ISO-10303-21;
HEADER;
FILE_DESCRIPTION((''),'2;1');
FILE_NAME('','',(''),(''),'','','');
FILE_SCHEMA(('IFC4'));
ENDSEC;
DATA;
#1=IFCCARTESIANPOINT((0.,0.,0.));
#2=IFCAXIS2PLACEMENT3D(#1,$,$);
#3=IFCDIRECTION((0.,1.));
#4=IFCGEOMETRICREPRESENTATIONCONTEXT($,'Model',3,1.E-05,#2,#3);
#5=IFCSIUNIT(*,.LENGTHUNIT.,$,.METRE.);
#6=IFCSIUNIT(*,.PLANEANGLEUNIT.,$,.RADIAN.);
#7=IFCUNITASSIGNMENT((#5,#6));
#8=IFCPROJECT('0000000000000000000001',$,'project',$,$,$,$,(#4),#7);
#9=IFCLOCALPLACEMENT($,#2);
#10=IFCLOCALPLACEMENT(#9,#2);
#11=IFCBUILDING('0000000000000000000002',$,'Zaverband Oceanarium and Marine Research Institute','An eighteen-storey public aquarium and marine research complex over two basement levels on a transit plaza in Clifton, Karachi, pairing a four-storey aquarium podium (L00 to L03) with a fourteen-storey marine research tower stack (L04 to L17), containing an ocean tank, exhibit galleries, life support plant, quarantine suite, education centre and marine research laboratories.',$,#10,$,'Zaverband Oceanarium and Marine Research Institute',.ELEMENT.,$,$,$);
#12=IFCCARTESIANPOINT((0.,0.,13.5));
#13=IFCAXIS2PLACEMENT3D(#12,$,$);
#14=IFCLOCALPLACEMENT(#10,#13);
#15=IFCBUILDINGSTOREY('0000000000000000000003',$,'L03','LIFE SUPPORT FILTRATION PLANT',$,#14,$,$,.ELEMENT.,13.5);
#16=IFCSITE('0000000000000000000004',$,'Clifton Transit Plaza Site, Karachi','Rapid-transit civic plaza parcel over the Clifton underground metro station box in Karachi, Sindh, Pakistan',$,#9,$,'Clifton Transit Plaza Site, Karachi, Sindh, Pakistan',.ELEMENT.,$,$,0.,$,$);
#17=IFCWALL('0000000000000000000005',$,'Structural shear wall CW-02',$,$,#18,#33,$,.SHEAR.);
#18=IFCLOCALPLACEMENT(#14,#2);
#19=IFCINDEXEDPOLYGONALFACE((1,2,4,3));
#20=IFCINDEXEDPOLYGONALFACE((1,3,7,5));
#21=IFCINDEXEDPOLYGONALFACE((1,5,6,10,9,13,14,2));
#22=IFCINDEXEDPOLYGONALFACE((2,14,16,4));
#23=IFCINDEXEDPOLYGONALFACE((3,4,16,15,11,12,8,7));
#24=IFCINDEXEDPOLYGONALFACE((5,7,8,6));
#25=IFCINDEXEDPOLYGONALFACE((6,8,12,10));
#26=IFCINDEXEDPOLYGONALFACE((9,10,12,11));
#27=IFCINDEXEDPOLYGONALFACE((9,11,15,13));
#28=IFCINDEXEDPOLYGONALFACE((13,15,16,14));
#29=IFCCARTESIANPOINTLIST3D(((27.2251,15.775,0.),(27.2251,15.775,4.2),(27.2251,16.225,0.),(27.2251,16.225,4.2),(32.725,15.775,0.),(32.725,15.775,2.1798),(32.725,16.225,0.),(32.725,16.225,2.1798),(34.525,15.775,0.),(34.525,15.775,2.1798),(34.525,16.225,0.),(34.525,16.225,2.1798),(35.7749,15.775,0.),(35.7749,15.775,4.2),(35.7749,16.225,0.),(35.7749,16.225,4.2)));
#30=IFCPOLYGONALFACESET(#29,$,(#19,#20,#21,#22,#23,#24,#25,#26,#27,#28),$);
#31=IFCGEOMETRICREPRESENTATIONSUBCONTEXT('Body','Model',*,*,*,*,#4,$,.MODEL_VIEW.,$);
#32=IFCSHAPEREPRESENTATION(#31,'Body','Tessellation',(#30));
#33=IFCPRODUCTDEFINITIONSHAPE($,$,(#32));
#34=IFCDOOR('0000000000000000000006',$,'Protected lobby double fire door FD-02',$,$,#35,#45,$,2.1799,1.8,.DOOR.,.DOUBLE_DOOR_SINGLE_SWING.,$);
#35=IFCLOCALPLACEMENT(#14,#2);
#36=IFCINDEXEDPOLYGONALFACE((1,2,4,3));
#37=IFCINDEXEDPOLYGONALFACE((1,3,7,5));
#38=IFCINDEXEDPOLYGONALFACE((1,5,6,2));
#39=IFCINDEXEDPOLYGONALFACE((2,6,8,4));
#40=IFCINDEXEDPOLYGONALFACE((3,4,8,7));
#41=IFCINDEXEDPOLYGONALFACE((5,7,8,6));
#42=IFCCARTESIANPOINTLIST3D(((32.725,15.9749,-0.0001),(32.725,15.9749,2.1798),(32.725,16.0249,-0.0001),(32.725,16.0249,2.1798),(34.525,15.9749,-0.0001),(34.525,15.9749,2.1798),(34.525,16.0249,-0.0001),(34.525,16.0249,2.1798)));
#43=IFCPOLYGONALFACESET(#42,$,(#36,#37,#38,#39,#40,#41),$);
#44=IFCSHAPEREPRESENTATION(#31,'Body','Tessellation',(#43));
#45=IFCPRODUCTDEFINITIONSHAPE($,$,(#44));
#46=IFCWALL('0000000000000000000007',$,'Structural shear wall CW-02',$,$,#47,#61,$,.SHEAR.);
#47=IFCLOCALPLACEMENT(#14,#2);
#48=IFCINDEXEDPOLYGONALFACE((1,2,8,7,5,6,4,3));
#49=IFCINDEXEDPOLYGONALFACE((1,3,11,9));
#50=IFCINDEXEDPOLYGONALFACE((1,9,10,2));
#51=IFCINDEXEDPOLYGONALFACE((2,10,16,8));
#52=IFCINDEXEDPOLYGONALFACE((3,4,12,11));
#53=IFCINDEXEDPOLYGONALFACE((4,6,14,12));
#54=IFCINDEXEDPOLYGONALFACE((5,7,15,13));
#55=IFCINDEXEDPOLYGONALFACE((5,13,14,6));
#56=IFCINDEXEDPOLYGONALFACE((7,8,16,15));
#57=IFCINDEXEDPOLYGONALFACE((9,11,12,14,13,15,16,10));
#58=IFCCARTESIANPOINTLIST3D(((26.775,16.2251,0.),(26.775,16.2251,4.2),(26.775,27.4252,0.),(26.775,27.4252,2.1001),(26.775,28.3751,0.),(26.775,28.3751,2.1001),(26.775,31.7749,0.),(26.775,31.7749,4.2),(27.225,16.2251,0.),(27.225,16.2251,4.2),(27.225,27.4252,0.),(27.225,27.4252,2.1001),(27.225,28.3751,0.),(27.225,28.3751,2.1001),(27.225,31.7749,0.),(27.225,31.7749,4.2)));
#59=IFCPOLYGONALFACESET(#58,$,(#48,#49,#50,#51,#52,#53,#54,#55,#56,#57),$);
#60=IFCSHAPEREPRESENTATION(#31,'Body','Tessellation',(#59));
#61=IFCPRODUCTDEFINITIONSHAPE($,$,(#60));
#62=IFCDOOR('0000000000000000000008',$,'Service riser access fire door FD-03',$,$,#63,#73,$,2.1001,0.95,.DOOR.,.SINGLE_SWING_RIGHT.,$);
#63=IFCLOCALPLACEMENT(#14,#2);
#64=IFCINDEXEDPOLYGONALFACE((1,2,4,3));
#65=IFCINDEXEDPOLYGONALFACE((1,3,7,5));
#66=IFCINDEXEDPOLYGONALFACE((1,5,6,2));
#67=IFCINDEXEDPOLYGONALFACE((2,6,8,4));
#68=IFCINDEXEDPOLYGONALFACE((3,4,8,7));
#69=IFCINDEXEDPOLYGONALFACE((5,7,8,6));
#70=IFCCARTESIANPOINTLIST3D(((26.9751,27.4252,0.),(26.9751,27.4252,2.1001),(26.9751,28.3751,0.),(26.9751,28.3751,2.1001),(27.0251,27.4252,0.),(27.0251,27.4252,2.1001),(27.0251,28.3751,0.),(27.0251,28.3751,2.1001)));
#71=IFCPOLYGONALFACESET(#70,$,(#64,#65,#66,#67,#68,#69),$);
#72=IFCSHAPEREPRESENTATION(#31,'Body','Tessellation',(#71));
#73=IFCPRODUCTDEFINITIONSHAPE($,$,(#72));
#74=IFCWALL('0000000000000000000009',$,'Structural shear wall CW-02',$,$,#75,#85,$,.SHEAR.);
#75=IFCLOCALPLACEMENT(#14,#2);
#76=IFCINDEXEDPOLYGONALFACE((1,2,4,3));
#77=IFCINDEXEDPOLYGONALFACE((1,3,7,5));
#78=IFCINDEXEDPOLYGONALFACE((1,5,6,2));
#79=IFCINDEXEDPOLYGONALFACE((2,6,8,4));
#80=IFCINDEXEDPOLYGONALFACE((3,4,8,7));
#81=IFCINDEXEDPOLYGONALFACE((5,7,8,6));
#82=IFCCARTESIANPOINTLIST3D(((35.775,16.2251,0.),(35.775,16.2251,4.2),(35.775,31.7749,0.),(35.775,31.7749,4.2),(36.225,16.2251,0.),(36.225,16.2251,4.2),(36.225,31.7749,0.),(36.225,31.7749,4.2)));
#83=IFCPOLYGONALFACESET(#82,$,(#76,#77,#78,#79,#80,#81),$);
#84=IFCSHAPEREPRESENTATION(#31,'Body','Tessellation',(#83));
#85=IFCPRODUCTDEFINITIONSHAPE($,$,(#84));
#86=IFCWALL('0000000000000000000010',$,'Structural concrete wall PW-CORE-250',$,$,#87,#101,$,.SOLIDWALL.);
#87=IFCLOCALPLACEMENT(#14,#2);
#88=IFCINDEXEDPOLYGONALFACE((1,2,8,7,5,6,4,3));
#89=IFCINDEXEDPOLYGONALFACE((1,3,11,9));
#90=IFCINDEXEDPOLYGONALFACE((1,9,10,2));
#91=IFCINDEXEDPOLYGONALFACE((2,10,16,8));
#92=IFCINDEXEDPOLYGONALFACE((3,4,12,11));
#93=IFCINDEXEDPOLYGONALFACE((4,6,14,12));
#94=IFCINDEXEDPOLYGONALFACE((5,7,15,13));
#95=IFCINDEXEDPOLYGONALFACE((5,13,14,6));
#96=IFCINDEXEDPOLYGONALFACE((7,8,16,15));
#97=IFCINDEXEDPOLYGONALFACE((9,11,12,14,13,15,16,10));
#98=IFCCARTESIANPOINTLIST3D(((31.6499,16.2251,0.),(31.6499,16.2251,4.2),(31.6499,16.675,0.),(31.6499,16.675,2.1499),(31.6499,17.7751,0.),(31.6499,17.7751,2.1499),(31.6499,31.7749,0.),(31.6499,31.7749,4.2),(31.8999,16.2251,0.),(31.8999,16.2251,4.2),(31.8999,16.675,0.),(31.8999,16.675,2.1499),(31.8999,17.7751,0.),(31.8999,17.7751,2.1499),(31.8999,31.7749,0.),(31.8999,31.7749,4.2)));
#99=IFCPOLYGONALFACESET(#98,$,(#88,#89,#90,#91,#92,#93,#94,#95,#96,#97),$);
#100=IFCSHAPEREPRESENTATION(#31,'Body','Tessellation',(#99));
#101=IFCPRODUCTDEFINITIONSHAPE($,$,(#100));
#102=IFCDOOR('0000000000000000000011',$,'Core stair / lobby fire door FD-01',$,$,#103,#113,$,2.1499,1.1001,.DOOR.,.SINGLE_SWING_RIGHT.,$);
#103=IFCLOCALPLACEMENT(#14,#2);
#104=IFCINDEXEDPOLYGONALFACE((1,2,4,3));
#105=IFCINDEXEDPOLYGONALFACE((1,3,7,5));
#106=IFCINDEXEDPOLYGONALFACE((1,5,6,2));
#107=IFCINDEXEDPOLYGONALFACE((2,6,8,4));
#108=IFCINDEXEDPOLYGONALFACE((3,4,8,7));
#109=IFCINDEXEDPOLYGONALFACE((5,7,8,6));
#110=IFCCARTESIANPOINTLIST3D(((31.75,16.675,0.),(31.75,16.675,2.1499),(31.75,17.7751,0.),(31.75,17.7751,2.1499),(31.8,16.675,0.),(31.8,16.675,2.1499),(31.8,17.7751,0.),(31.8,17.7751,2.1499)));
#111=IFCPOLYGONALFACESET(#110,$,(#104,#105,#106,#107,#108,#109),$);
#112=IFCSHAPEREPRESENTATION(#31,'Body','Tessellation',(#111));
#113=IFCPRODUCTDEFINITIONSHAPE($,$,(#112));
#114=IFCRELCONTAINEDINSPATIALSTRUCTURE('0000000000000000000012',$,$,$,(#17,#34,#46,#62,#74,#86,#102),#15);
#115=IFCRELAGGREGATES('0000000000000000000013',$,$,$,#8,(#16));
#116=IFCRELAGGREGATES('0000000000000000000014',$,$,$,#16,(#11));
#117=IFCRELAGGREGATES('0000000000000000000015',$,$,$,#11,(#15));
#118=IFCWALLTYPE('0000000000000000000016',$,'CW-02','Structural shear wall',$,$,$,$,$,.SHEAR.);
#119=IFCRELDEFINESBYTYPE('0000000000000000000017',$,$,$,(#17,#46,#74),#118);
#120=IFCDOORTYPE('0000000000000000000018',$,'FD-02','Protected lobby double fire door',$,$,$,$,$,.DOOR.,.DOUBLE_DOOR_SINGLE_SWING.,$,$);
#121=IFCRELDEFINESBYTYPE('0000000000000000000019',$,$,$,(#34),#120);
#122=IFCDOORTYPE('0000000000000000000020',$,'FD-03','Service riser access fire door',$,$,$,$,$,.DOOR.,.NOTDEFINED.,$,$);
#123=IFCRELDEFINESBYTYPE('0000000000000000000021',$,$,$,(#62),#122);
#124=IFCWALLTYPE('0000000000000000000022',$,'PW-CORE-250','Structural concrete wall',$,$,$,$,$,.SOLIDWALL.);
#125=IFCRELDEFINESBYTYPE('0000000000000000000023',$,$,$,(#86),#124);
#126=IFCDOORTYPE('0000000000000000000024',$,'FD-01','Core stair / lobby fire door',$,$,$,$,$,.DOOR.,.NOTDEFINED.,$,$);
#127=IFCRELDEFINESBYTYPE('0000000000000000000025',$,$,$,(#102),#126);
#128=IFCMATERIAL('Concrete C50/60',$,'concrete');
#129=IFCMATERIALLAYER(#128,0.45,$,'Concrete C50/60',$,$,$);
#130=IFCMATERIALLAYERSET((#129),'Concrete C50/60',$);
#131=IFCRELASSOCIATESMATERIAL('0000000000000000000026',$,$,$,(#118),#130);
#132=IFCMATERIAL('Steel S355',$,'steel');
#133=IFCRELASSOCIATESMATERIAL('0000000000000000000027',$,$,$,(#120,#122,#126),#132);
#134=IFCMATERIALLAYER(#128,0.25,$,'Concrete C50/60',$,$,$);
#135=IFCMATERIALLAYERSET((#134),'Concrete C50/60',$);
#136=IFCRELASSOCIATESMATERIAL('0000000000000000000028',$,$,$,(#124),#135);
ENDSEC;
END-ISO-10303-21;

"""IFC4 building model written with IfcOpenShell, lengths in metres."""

from ifc_helpers import new_model, si_unit, direction, frame, frame_2d, origin, place, context, subcontext, project, spatial, rectangle, extrude, material, layer, layer_set, type_object, element, fill, save


model = new_model("IFC4")

# Units and contexts
model_context = context("Model", 3, precision=1e-05, world=origin(), true_north=direction((0.0, 1.0)))
body_context = subcontext(model_context, "Body", "Model", "MODEL_VIEW")
ifc_project = project(units=[si_unit("LENGTHUNIT", "METRE"), si_unit("PLANEANGLEUNIT", "RADIAN")], contexts=[model_context])

# Site, building, storey
site_placement = place(None, origin())
site = spatial("IfcSite", under=ifc_project, at=site_placement, Name="Clifton Transit Plaza Site, Karachi", Description="Rapid-transit civic plaza parcel over the Clifton underground metro station box in Karachi, Sindh, Pakistan", LongName="Clifton Transit Plaza Site, Karachi, Sindh, Pakistan", CompositionType="ELEMENT", RefElevation=0.0)
building_placement = place(site_placement, origin())
building = spatial("IfcBuilding", under=site, at=building_placement, Name="Zaverband Oceanarium and Marine Research Institute", Description="An eighteen-storey public aquarium and marine research complex over two basement levels on a transit plaza in Clifton, Karachi, pairing a four-storey aquarium podium (L00 to L03) with a fourteen-storey marine research tower stack (L04 to L17), containing an ocean tank, exhibit galleries, life support plant, quarantine suite, education centre and marine research laboratories.", LongName="Zaverband Oceanarium and Marine Research Institute", CompositionType="ELEMENT")
storey_placement = place(building_placement, frame((0.0, 0.0, 13.5)))
storey = spatial("IfcBuildingStorey", under=building, at=storey_placement, Name="L03", Description="LIFE SUPPORT FILTRATION PLANT", CompositionType="ELEMENT", Elevation=13.5)

# Shared definitions
ifc_material_1 = material(Name="Concrete C50/60", Category="concrete")

# Walls, openings, doors
ifc_layer_1 = layer(ifc_material_1, 0.45, Name="Concrete C50/60")
ifc_layer_set_1 = layer_set([ifc_layer_1], Name="Concrete C50/60")
wall_type_1 = type_object("IfcWallType", Name="CW-02", Description="Structural shear wall", PredefinedType="SHEAR", material=ifc_layer_set_1)
wall_1_placement = place(storey_placement, frame((27.2251, 16.0, 0.0), z_axis=(0.0, 0.0, 1.0), x_axis=(1.0, 0.0, 0.0)))
wall_1 = element("IfcWall", 1, at=wall_1_placement, inside=storey, type_object=wall_type_1, Name="Structural shear wall CW-02", PredefinedType="SHEAR", context=body_context, shape_type="SweptSolid", body=[
    extrude(rectangle(XDim=8.5498, YDim=0.45, at=frame_2d((4.2749, 0.0))), origin(), (0.0, 0.0, 1.0), 4.2),
])
opening_1_placement = place(wall_1_placement, frame((5.5, 0.0, 0.0)))
opening_1 = element("IfcOpeningElement", 2, at=opening_1_placement, cuts=wall_1, PredefinedType="OPENING", context=body_context, shape_type="SweptSolid", body=[
    extrude(rectangle(XDim=1.8, YDim=2.1799, at=frame_2d((0.8999, 1.0898))), frame((0.0, 0.2368, 0.0), z_axis=(0.0, -1.0, 0.0), x_axis=(1.0, 0.0, 0.0)), (0.0, 0.0, 1.0), 0.4739),
])
ifc_material_2 = material(Name="Steel S355", Category="steel")
door_type_1 = type_object("IfcDoorType", Name="FD-02", Description="Protected lobby double fire door", OperationType="DOUBLE_DOOR_SINGLE_SWING", PredefinedType="DOOR", material=ifc_material_2)
door_1_placement = place(opening_1_placement, origin())
door_1 = element("IfcDoor", 3, at=door_1_placement, inside=storey, type_object=door_type_1, Name="Protected lobby double fire door FD-02", OperationType="DOUBLE_DOOR_SINGLE_SWING", OverallHeight=2.1799, OverallWidth=1.8, PredefinedType="DOOR", context=body_context, shape_type="SweptSolid", body=[
    extrude(rectangle(XDim=1.8, YDim=2.1799, at=frame_2d((0.8999, 1.0898))), frame((0.0, 0.0249, 0.0), z_axis=(0.0, -1.0, 0.0), x_axis=(1.0, 0.0, 0.0)), (0.0, 0.0, 1.0), 0.05),
])
fill(opening_1, door_1)
wall_2_placement = place(storey_placement, frame((27.0, 16.2251, 0.0), z_axis=(0.0, 0.0, 1.0), x_axis=(0.0, 1.0, 0.0)))
wall_2 = element("IfcWall", 4, at=wall_2_placement, inside=storey, type_object=wall_type_1, Name="Structural shear wall CW-02", PredefinedType="SHEAR", context=body_context, shape_type="SweptSolid", body=[
    extrude(rectangle(XDim=15.5498, YDim=0.45, at=frame_2d((7.7749, 0.0))), origin(), (0.0, 0.0, 1.0), 4.2),
])
opening_2_placement = place(wall_2_placement, frame((11.2, 0.0, 0.0)))
opening_2 = element("IfcOpeningElement", 5, at=opening_2_placement, cuts=wall_2, PredefinedType="OPENING", context=body_context, shape_type="SweptSolid", body=[
    extrude(rectangle(XDim=0.95, YDim=2.1001, at=frame_2d((0.4751, 1.05))), frame((0.0, 0.2368, 0.0), z_axis=(0.0, -1.0, 0.0), x_axis=(1.0, 0.0, 0.0)), (0.0, 0.0, 1.0), 0.4739),
])
door_type_2 = type_object("IfcDoorType", Name="FD-03", Description="Service riser access fire door", OperationType="NOTDEFINED", PredefinedType="DOOR", material=ifc_material_2)
door_2_placement = place(opening_2_placement, origin())
door_2 = element("IfcDoor", 6, at=door_2_placement, inside=storey, type_object=door_type_2, Name="Service riser access fire door FD-03", OperationType="SINGLE_SWING_RIGHT", OverallHeight=2.1001, OverallWidth=0.95, PredefinedType="DOOR", context=body_context, shape_type="SweptSolid", body=[
    extrude(rectangle(XDim=0.95, YDim=2.1001, at=frame_2d((0.4751, 1.05))), frame((0.0, 0.0249, 0.0), z_axis=(0.0, -1.0, 0.0), x_axis=(1.0, 0.0, 0.0)), (0.0, 0.0, 1.0), 0.05),
])
fill(opening_2, door_2)

# Wall
wall_3_placement = place(storey_placement, frame((36.0, 16.2251, 0.0), z_axis=(0.0, 0.0, 1.0), x_axis=(0.0, 1.0, 0.0)))
element("IfcWall", 7, at=wall_3_placement, inside=storey, type_object=wall_type_1, Name="Structural shear wall CW-02", PredefinedType="SHEAR", context=body_context, shape_type="SweptSolid", body=[
    extrude(rectangle(XDim=15.5498, YDim=0.45, at=frame_2d((7.7749, 0.0))), origin(), (0.0, 0.0, 1.0), 4.2),
])

# Wall, opening, door
ifc_layer_2 = layer(ifc_material_1, 0.25, Name="Concrete C50/60")
ifc_layer_set_2 = layer_set([ifc_layer_2], Name="Concrete C50/60")
wall_type_2 = type_object("IfcWallType", Name="PW-CORE-250", Description="Structural concrete wall", PredefinedType="SOLIDWALL", material=ifc_layer_set_2)
wall_4_placement = place(storey_placement, frame((31.7749, 16.2251, 0.0), z_axis=(0.0, 0.0, 1.0), x_axis=(0.0, 1.0, 0.0)))
wall_4 = element("IfcWall", 8, at=wall_4_placement, inside=storey, type_object=wall_type_2, Name="Structural concrete wall PW-CORE-250", PredefinedType="SOLIDWALL", context=body_context, shape_type="SweptSolid", body=[
    extrude(rectangle(XDim=15.5498, YDim=0.25, at=frame_2d((7.7749, 0.0))), origin(), (0.0, 0.0, 1.0), 4.2),
])
opening_3_placement = place(wall_4_placement, frame((0.45, 0.0, 0.0)))
opening_3 = element("IfcOpeningElement", 9, at=opening_3_placement, cuts=wall_4, PredefinedType="OPENING", context=body_context, shape_type="SweptSolid", body=[
    extrude(rectangle(XDim=1.1001, YDim=2.1499, at=frame_2d((0.55, 1.075))), frame((0.0, 0.137, 0.0), z_axis=(0.0, -1.0, 0.0), x_axis=(1.0, 0.0, 0.0)), (0.0, 0.0, 1.0), 0.2739),
])
door_type_3 = type_object("IfcDoorType", Name="FD-01", Description="Core stair / lobby fire door", OperationType="NOTDEFINED", PredefinedType="DOOR", material=ifc_material_2)
door_3_placement = place(opening_3_placement, origin())
door_3 = element("IfcDoor", 10, at=door_3_placement, inside=storey, type_object=door_type_3, Name="Core stair / lobby fire door FD-01", OperationType="SINGLE_SWING_RIGHT", OverallHeight=2.1499, OverallWidth=1.1001, PredefinedType="DOOR", context=body_context, shape_type="SweptSolid", body=[
    extrude(rectangle(XDim=1.1001, YDim=2.1499, at=frame_2d((0.55, 1.075))), frame((0.0, 0.0249, 0.0), z_axis=(0.0, -1.0, 0.0), x_axis=(1.0, 0.0, 0.0)), (0.0, 0.0, 1.0), 0.05),
])
fill(opening_3, door_3)

save(model, "model.ifc")
